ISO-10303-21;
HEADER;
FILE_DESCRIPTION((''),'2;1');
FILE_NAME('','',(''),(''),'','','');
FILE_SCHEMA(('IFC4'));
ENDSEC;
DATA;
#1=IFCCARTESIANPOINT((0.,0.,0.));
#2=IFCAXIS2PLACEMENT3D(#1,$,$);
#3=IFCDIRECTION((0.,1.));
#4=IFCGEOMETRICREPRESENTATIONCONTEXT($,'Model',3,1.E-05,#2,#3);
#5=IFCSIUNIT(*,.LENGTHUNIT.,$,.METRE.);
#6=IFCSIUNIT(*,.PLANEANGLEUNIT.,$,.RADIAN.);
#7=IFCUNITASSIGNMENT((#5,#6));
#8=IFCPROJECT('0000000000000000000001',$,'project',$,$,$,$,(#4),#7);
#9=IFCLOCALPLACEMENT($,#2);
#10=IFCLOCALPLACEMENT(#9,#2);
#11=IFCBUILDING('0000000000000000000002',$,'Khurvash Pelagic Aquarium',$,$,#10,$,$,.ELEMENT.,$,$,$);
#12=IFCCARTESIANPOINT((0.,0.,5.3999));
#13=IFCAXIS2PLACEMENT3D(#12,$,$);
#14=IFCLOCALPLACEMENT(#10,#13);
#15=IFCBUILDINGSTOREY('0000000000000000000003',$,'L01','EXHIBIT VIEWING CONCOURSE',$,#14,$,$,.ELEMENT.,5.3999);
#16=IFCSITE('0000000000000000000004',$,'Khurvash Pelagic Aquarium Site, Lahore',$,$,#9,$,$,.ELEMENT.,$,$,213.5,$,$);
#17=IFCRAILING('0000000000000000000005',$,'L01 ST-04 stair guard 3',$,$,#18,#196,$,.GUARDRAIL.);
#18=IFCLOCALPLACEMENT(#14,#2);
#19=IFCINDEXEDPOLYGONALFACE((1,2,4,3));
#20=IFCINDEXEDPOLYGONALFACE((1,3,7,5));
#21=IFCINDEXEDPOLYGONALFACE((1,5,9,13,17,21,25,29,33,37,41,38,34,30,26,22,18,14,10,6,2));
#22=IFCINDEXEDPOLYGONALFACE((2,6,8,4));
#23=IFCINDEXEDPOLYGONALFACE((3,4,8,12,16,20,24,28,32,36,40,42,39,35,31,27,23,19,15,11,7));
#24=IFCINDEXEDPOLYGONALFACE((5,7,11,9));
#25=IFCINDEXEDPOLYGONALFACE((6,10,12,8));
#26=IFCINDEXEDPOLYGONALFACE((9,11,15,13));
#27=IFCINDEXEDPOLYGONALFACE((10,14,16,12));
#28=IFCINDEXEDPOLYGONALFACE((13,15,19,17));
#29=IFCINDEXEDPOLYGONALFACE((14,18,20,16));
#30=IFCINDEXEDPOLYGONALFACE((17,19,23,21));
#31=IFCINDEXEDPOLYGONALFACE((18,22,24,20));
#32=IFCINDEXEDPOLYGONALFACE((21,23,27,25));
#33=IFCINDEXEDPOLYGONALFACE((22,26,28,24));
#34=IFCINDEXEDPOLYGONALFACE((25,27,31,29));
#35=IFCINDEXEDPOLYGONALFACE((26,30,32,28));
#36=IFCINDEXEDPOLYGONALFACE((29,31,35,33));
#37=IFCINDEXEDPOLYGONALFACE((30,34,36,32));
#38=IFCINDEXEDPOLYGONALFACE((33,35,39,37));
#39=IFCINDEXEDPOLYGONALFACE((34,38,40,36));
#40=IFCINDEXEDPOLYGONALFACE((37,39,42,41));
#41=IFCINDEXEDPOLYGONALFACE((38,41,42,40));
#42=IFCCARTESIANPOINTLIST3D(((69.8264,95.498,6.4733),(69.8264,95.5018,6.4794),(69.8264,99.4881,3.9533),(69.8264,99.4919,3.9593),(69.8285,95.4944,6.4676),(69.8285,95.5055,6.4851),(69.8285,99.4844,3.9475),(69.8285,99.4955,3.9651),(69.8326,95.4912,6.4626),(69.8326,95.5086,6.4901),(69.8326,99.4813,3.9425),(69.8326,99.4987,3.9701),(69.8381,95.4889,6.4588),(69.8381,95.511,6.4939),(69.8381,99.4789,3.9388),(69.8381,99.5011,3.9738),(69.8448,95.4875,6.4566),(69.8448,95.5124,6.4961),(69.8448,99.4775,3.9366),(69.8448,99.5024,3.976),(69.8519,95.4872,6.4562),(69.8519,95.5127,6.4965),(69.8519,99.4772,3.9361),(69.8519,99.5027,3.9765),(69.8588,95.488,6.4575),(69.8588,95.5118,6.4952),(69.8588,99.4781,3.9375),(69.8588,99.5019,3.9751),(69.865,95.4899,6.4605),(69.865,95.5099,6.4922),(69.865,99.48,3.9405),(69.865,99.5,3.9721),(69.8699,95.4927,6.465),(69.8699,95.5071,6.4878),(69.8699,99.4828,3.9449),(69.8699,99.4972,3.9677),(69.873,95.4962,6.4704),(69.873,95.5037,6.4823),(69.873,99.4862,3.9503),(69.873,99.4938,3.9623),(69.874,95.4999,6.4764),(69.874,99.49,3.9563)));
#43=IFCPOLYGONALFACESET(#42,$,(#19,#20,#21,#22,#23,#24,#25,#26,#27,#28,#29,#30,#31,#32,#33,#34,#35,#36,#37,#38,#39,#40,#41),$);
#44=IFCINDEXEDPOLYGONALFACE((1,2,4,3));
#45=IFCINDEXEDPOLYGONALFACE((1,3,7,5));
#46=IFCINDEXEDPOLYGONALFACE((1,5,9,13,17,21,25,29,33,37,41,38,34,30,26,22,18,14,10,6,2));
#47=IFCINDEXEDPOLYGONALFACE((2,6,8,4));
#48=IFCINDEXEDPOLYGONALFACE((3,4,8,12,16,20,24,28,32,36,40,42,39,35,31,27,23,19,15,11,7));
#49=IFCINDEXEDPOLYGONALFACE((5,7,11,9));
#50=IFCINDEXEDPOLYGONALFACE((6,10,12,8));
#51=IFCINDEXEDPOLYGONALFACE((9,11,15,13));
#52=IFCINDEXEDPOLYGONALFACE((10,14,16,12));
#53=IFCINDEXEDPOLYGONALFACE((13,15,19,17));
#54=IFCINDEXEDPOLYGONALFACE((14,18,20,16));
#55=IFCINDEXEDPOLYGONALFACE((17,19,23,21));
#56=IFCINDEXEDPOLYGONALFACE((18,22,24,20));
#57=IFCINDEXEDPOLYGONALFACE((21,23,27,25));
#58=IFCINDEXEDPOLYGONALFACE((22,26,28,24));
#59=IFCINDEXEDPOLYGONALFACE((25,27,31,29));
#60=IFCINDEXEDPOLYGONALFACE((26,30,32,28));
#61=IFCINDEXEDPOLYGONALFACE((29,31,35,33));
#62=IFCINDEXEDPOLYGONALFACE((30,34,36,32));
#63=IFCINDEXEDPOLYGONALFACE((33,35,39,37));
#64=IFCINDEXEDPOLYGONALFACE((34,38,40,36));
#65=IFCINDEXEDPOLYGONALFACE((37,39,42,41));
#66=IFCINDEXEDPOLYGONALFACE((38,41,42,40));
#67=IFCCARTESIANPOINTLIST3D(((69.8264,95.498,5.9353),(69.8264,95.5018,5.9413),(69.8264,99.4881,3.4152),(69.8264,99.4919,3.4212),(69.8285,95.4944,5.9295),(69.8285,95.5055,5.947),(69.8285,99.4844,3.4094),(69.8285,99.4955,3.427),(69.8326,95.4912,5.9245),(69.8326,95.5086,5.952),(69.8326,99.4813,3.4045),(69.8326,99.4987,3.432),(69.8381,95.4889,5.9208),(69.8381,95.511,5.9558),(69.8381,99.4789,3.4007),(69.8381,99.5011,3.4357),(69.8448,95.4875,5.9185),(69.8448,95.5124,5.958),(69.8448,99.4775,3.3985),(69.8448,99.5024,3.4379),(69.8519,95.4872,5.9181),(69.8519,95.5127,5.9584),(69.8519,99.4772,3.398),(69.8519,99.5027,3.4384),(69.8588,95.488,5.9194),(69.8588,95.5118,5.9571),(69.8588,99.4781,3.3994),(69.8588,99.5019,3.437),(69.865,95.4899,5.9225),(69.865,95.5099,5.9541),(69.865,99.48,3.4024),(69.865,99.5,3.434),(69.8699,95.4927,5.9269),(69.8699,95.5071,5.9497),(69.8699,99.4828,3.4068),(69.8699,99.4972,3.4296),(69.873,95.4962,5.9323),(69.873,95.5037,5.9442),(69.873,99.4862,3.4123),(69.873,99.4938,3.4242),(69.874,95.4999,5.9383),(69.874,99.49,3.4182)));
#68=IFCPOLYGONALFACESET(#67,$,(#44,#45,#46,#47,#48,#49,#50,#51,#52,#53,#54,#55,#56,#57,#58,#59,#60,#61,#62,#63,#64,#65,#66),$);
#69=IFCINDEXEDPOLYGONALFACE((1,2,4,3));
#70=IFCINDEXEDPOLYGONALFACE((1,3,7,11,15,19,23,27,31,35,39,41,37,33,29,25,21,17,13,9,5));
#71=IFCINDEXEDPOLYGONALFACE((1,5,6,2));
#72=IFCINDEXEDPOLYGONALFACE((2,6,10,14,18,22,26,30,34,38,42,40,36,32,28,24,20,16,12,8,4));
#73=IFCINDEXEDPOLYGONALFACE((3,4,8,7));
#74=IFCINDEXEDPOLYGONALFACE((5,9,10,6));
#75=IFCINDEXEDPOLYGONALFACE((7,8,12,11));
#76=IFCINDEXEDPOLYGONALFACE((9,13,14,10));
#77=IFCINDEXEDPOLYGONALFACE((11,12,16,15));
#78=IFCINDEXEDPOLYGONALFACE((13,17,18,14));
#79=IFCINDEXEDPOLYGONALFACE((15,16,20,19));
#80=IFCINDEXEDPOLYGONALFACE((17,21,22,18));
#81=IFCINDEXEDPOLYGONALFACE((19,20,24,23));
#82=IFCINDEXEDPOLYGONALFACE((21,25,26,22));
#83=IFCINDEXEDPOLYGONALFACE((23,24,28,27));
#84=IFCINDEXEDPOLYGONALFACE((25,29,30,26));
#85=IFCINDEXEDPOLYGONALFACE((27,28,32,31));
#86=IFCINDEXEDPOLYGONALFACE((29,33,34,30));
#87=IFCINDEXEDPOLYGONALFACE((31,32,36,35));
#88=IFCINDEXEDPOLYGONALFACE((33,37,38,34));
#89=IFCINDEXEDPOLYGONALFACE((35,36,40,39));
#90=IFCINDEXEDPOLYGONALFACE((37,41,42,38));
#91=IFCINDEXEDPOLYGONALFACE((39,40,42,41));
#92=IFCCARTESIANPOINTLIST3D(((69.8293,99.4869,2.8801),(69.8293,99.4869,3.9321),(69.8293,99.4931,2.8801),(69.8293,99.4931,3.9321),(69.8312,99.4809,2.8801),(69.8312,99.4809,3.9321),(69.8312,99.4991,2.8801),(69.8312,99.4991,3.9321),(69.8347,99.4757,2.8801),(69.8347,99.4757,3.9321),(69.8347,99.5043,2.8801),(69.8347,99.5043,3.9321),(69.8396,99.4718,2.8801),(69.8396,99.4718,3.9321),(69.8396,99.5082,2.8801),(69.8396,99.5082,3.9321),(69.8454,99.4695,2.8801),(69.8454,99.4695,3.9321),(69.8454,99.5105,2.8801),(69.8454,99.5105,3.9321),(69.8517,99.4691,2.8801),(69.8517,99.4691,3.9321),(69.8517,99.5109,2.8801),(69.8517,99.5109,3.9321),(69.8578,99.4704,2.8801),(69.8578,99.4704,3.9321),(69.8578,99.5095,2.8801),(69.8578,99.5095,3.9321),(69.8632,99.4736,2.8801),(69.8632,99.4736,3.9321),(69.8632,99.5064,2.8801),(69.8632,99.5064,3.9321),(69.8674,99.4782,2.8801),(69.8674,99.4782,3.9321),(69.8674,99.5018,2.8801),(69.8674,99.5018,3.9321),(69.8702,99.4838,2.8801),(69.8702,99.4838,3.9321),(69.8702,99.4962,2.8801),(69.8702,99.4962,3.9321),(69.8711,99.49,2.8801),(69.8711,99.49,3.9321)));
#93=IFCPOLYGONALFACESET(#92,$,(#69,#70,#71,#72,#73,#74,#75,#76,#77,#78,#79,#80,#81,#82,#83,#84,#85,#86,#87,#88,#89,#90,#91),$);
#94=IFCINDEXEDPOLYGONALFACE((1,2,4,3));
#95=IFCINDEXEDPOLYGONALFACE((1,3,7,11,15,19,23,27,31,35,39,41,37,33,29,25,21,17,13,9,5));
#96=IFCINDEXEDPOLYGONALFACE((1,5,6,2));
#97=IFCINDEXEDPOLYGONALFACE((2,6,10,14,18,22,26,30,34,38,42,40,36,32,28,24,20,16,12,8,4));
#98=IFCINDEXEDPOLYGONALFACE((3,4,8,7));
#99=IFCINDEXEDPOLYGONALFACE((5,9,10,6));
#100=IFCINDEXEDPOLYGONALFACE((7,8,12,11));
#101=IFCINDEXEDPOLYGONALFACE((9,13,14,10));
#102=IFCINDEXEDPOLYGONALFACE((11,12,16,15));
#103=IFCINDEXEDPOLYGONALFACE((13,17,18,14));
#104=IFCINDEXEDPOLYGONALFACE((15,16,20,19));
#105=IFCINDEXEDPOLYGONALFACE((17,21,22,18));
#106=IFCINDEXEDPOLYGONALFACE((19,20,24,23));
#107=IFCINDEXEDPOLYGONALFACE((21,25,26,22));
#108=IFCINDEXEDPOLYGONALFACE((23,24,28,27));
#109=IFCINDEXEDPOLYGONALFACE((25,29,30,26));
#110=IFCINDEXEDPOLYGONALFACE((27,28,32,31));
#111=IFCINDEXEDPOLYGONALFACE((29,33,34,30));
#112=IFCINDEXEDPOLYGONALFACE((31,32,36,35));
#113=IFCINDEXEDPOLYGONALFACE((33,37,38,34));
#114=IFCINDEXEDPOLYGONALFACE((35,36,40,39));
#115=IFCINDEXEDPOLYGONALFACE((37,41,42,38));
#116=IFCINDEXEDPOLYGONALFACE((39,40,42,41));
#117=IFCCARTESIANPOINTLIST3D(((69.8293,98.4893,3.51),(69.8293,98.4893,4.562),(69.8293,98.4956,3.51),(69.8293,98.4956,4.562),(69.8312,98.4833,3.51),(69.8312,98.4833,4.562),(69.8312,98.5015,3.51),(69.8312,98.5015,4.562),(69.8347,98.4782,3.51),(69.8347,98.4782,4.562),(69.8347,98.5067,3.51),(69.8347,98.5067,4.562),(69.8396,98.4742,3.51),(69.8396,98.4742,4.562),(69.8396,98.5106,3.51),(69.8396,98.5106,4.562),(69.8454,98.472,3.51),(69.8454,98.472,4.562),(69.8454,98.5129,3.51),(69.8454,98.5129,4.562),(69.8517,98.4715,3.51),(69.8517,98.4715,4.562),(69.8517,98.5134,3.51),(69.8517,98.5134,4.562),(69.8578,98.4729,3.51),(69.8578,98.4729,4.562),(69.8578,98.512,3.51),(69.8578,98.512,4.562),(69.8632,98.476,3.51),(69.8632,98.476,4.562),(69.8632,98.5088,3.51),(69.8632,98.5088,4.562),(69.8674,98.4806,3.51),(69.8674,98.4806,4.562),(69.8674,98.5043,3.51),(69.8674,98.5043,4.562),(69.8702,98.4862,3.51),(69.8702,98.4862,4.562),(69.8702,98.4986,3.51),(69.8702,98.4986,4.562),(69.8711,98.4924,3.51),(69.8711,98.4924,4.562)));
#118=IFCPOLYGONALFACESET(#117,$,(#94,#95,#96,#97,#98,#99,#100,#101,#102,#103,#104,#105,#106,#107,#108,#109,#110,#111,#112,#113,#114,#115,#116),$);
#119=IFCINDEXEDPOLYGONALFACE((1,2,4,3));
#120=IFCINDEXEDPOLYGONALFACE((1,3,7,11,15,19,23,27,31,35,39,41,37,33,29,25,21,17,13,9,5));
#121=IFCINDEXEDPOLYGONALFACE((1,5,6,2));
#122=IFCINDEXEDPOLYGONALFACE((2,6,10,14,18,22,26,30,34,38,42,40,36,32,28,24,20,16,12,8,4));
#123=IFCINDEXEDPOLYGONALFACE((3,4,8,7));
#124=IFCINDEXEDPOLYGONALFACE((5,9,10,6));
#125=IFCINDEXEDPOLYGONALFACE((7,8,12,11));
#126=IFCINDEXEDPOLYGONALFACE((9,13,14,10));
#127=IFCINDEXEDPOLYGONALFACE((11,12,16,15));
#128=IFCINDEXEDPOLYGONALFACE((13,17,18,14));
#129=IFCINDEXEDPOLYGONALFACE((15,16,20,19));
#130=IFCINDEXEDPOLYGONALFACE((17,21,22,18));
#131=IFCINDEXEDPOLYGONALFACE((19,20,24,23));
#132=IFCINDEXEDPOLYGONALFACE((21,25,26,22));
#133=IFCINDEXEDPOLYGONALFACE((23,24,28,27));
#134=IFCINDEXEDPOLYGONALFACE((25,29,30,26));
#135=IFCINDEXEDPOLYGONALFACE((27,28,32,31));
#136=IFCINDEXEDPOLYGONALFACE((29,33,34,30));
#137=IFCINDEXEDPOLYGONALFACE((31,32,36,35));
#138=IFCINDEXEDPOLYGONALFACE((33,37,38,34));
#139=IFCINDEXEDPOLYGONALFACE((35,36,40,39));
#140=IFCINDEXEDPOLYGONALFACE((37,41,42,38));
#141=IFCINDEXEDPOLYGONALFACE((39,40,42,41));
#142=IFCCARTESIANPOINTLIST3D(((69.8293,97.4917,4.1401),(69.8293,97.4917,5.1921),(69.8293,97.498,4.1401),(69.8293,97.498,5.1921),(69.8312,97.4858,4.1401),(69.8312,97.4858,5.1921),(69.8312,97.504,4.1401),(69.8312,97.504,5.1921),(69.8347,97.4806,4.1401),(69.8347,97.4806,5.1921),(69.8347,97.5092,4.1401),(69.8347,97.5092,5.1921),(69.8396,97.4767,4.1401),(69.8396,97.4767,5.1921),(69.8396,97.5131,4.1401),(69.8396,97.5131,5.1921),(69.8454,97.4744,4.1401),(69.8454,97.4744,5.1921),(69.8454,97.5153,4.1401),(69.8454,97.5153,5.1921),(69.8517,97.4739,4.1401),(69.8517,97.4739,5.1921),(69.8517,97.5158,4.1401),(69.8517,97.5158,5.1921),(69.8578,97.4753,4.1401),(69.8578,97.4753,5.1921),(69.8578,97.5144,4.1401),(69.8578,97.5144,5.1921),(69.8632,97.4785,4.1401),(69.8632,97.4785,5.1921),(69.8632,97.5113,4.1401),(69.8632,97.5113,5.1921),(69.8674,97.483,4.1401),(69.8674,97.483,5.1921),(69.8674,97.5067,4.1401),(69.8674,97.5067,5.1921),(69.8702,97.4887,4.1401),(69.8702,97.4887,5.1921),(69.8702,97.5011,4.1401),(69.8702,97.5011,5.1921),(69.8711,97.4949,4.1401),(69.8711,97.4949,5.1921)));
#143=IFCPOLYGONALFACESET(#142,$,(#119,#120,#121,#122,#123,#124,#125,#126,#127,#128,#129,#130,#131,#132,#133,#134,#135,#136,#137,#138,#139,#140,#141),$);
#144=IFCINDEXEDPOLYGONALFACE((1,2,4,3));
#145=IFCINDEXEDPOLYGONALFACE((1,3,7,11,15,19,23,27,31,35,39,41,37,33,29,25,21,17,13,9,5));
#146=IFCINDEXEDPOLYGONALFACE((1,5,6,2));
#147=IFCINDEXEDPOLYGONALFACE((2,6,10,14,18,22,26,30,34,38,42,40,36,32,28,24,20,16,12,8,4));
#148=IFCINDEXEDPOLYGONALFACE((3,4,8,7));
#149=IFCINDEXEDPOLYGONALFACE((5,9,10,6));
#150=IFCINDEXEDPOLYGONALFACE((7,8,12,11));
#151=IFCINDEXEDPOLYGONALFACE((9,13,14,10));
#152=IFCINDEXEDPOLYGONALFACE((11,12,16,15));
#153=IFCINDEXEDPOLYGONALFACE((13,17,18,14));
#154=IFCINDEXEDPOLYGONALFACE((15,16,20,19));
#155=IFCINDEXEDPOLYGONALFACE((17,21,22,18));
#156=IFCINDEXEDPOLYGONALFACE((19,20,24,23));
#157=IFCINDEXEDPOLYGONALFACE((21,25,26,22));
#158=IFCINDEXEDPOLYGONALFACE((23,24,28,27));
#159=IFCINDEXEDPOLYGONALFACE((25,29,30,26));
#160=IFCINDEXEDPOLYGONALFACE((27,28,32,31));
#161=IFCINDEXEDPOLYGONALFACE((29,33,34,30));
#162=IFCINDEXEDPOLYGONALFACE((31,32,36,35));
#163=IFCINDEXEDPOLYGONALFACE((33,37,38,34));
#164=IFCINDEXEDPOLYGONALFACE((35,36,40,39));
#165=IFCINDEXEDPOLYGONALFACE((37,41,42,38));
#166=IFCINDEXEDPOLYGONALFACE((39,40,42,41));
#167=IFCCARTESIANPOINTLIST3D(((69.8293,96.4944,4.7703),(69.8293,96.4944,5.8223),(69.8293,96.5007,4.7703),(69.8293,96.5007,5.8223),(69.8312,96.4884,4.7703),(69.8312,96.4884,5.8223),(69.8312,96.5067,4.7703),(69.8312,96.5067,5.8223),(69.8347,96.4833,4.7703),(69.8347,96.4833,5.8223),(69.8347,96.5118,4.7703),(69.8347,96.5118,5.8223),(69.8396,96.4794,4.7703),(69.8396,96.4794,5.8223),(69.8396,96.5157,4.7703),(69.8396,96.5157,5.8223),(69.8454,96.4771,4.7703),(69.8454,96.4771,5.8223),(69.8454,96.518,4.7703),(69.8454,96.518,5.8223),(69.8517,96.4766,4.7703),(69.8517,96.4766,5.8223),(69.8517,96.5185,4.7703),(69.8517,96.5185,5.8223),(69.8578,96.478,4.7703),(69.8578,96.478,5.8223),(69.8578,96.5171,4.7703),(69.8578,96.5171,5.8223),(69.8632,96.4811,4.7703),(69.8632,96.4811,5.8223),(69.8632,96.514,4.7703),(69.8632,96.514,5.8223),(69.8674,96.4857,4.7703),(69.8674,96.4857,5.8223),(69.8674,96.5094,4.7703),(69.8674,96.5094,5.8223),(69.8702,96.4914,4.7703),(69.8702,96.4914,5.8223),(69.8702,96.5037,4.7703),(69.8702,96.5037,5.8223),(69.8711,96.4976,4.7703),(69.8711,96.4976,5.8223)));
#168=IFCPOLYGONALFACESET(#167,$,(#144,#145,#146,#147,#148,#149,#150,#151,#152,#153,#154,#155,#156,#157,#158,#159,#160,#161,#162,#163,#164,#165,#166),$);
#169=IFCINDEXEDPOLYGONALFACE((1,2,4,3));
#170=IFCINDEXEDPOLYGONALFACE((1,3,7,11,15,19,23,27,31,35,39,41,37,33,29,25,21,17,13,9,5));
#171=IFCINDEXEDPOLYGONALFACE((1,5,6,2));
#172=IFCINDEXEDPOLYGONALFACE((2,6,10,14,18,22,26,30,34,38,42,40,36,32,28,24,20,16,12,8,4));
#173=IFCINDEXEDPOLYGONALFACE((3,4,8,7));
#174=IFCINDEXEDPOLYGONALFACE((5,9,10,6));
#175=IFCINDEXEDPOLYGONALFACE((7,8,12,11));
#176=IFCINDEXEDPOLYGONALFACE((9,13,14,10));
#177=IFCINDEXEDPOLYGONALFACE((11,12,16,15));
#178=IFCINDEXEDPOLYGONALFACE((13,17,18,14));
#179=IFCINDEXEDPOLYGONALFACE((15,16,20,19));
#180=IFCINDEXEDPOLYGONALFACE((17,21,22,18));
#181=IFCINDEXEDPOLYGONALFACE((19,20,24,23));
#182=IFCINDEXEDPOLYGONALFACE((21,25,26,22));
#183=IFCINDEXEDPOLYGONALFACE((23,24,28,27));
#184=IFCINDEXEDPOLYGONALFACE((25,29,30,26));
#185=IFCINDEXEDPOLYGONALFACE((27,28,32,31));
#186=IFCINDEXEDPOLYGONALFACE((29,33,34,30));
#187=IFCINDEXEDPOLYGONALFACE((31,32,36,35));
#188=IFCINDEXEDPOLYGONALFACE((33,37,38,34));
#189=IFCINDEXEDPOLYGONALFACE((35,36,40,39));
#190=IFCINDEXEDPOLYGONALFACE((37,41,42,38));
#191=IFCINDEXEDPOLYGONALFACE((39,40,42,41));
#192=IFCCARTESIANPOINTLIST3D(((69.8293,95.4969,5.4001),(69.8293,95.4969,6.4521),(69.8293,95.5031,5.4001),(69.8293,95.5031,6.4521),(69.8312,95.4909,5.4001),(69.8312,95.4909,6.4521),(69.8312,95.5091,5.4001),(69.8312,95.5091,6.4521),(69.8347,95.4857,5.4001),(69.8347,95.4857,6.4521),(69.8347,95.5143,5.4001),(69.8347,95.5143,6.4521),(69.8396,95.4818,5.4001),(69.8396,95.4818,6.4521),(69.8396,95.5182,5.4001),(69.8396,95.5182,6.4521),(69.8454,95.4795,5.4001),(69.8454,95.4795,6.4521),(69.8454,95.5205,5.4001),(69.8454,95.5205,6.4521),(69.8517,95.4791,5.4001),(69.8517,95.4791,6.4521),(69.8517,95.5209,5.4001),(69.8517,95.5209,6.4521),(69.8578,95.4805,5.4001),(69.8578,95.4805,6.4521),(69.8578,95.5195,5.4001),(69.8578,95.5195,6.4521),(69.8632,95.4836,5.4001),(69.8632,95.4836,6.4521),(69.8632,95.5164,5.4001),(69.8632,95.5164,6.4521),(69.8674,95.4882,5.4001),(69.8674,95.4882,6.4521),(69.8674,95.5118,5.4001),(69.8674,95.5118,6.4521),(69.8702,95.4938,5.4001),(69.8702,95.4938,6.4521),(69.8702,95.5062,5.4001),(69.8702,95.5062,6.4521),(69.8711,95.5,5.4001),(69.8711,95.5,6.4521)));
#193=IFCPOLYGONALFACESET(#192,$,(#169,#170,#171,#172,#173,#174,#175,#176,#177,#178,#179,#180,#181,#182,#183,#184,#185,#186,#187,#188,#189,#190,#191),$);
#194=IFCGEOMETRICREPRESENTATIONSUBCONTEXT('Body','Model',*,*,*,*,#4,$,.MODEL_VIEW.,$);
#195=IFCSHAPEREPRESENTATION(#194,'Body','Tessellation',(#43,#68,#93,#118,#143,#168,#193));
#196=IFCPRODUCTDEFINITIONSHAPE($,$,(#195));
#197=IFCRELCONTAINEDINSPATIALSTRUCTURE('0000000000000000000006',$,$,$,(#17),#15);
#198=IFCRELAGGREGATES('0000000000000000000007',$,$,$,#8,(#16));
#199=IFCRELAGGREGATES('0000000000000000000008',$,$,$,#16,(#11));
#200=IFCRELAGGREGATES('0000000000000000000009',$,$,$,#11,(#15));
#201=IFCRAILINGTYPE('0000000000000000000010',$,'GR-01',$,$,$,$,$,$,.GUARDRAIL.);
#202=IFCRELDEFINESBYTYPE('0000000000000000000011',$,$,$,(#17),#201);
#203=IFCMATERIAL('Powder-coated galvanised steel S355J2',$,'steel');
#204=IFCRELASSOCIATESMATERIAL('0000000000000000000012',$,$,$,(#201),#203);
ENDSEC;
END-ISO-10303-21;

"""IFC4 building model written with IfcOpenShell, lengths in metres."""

from ifc_helpers import new_model, si_unit, direction, frame, origin, origin_2d, place, context, subcontext, project, spatial, circle, extrude, material, type_object, element, save


model = new_model("IFC4")

# Units and contexts
model_context = context("Model", 3, precision=1e-05, world=origin(), true_north=direction((0.0, 1.0)))
body_context = subcontext(model_context, "Body", "Model", "MODEL_VIEW")
ifc_project = project(units=[si_unit("LENGTHUNIT", "METRE"), si_unit("PLANEANGLEUNIT", "RADIAN")], contexts=[model_context])

# Site, building, storey
site_placement = place(None, origin())
site = spatial("IfcSite", under=ifc_project, at=site_placement, Name="Khurvash Pelagic Aquarium Site, Lahore", CompositionType="ELEMENT", RefElevation=213.5)
building_placement = place(site_placement, origin())
building = spatial("IfcBuilding", under=site, at=building_placement, Name="Khurvash Pelagic Aquarium", CompositionType="ELEMENT")
storey_placement = place(building_placement, frame((0.0, 0.0, 5.3999)))
storey = spatial("IfcBuildingStorey", under=building, at=storey_placement, Name="L01", Description="EXHIBIT VIEWING CONCOURSE", CompositionType="ELEMENT", Elevation=5.3999)

# Railing
ifc_material_1 = material(Name="Powder-coated galvanised steel S355J2", Category="steel")
railing_type_1 = type_object("IfcRailingType", Name="GR-01", PredefinedType="GUARDRAIL", material=ifc_material_1)
railing_1_placement = place(storey_placement, frame((69.8501, 99.49, 2.8801)))
element("IfcRailing", 1, at=railing_1_placement, inside=storey, type_object=railing_type_1, Name="L01 ST-04 stair guard 3", PredefinedType="GUARDRAIL", context=body_context, shape_type="SweptSolid", body=[
    extrude(circle(Radius=0.0239, at=origin_2d()), frame((0.0, 0.0, 1.0762), z_axis=(0.0, -0.845486, 0.533997), x_axis=(1.0, 0.0, 0.0)), (0.0, 0.0, 1.0), 4.7192),
    extrude(circle(Radius=0.0239, at=origin_2d()), frame((0.0, 0.0, 0.5381), z_axis=(0.0, -0.845486, 0.533997), x_axis=(1.0, 0.0, 0.0)), (0.0, 0.0, 1.0), 4.7192),
    extrude(circle(Radius=0.021, at=origin_2d()), origin(), (0.0, 0.0, 1.0), 1.052),
    extrude(circle(Radius=0.021, at=origin_2d()), frame((0.0, -0.9976, 0.6299)), (0.0, 0.0, 1.0), 1.052),
    extrude(circle(Radius=0.021, at=origin_2d()), frame((0.0, -1.9951, 1.26)), (0.0, 0.0, 1.0), 1.052),
    extrude(circle(Radius=0.021, at=origin_2d()), frame((0.0, -2.9924, 1.8901)), (0.0, 0.0, 1.0), 1.052),
    extrude(circle(Radius=0.021, at=origin_2d()), frame((0.0, -3.99, 2.52)), (0.0, 0.0, 1.0), 1.052),
])

save(model, "model.ifc")
